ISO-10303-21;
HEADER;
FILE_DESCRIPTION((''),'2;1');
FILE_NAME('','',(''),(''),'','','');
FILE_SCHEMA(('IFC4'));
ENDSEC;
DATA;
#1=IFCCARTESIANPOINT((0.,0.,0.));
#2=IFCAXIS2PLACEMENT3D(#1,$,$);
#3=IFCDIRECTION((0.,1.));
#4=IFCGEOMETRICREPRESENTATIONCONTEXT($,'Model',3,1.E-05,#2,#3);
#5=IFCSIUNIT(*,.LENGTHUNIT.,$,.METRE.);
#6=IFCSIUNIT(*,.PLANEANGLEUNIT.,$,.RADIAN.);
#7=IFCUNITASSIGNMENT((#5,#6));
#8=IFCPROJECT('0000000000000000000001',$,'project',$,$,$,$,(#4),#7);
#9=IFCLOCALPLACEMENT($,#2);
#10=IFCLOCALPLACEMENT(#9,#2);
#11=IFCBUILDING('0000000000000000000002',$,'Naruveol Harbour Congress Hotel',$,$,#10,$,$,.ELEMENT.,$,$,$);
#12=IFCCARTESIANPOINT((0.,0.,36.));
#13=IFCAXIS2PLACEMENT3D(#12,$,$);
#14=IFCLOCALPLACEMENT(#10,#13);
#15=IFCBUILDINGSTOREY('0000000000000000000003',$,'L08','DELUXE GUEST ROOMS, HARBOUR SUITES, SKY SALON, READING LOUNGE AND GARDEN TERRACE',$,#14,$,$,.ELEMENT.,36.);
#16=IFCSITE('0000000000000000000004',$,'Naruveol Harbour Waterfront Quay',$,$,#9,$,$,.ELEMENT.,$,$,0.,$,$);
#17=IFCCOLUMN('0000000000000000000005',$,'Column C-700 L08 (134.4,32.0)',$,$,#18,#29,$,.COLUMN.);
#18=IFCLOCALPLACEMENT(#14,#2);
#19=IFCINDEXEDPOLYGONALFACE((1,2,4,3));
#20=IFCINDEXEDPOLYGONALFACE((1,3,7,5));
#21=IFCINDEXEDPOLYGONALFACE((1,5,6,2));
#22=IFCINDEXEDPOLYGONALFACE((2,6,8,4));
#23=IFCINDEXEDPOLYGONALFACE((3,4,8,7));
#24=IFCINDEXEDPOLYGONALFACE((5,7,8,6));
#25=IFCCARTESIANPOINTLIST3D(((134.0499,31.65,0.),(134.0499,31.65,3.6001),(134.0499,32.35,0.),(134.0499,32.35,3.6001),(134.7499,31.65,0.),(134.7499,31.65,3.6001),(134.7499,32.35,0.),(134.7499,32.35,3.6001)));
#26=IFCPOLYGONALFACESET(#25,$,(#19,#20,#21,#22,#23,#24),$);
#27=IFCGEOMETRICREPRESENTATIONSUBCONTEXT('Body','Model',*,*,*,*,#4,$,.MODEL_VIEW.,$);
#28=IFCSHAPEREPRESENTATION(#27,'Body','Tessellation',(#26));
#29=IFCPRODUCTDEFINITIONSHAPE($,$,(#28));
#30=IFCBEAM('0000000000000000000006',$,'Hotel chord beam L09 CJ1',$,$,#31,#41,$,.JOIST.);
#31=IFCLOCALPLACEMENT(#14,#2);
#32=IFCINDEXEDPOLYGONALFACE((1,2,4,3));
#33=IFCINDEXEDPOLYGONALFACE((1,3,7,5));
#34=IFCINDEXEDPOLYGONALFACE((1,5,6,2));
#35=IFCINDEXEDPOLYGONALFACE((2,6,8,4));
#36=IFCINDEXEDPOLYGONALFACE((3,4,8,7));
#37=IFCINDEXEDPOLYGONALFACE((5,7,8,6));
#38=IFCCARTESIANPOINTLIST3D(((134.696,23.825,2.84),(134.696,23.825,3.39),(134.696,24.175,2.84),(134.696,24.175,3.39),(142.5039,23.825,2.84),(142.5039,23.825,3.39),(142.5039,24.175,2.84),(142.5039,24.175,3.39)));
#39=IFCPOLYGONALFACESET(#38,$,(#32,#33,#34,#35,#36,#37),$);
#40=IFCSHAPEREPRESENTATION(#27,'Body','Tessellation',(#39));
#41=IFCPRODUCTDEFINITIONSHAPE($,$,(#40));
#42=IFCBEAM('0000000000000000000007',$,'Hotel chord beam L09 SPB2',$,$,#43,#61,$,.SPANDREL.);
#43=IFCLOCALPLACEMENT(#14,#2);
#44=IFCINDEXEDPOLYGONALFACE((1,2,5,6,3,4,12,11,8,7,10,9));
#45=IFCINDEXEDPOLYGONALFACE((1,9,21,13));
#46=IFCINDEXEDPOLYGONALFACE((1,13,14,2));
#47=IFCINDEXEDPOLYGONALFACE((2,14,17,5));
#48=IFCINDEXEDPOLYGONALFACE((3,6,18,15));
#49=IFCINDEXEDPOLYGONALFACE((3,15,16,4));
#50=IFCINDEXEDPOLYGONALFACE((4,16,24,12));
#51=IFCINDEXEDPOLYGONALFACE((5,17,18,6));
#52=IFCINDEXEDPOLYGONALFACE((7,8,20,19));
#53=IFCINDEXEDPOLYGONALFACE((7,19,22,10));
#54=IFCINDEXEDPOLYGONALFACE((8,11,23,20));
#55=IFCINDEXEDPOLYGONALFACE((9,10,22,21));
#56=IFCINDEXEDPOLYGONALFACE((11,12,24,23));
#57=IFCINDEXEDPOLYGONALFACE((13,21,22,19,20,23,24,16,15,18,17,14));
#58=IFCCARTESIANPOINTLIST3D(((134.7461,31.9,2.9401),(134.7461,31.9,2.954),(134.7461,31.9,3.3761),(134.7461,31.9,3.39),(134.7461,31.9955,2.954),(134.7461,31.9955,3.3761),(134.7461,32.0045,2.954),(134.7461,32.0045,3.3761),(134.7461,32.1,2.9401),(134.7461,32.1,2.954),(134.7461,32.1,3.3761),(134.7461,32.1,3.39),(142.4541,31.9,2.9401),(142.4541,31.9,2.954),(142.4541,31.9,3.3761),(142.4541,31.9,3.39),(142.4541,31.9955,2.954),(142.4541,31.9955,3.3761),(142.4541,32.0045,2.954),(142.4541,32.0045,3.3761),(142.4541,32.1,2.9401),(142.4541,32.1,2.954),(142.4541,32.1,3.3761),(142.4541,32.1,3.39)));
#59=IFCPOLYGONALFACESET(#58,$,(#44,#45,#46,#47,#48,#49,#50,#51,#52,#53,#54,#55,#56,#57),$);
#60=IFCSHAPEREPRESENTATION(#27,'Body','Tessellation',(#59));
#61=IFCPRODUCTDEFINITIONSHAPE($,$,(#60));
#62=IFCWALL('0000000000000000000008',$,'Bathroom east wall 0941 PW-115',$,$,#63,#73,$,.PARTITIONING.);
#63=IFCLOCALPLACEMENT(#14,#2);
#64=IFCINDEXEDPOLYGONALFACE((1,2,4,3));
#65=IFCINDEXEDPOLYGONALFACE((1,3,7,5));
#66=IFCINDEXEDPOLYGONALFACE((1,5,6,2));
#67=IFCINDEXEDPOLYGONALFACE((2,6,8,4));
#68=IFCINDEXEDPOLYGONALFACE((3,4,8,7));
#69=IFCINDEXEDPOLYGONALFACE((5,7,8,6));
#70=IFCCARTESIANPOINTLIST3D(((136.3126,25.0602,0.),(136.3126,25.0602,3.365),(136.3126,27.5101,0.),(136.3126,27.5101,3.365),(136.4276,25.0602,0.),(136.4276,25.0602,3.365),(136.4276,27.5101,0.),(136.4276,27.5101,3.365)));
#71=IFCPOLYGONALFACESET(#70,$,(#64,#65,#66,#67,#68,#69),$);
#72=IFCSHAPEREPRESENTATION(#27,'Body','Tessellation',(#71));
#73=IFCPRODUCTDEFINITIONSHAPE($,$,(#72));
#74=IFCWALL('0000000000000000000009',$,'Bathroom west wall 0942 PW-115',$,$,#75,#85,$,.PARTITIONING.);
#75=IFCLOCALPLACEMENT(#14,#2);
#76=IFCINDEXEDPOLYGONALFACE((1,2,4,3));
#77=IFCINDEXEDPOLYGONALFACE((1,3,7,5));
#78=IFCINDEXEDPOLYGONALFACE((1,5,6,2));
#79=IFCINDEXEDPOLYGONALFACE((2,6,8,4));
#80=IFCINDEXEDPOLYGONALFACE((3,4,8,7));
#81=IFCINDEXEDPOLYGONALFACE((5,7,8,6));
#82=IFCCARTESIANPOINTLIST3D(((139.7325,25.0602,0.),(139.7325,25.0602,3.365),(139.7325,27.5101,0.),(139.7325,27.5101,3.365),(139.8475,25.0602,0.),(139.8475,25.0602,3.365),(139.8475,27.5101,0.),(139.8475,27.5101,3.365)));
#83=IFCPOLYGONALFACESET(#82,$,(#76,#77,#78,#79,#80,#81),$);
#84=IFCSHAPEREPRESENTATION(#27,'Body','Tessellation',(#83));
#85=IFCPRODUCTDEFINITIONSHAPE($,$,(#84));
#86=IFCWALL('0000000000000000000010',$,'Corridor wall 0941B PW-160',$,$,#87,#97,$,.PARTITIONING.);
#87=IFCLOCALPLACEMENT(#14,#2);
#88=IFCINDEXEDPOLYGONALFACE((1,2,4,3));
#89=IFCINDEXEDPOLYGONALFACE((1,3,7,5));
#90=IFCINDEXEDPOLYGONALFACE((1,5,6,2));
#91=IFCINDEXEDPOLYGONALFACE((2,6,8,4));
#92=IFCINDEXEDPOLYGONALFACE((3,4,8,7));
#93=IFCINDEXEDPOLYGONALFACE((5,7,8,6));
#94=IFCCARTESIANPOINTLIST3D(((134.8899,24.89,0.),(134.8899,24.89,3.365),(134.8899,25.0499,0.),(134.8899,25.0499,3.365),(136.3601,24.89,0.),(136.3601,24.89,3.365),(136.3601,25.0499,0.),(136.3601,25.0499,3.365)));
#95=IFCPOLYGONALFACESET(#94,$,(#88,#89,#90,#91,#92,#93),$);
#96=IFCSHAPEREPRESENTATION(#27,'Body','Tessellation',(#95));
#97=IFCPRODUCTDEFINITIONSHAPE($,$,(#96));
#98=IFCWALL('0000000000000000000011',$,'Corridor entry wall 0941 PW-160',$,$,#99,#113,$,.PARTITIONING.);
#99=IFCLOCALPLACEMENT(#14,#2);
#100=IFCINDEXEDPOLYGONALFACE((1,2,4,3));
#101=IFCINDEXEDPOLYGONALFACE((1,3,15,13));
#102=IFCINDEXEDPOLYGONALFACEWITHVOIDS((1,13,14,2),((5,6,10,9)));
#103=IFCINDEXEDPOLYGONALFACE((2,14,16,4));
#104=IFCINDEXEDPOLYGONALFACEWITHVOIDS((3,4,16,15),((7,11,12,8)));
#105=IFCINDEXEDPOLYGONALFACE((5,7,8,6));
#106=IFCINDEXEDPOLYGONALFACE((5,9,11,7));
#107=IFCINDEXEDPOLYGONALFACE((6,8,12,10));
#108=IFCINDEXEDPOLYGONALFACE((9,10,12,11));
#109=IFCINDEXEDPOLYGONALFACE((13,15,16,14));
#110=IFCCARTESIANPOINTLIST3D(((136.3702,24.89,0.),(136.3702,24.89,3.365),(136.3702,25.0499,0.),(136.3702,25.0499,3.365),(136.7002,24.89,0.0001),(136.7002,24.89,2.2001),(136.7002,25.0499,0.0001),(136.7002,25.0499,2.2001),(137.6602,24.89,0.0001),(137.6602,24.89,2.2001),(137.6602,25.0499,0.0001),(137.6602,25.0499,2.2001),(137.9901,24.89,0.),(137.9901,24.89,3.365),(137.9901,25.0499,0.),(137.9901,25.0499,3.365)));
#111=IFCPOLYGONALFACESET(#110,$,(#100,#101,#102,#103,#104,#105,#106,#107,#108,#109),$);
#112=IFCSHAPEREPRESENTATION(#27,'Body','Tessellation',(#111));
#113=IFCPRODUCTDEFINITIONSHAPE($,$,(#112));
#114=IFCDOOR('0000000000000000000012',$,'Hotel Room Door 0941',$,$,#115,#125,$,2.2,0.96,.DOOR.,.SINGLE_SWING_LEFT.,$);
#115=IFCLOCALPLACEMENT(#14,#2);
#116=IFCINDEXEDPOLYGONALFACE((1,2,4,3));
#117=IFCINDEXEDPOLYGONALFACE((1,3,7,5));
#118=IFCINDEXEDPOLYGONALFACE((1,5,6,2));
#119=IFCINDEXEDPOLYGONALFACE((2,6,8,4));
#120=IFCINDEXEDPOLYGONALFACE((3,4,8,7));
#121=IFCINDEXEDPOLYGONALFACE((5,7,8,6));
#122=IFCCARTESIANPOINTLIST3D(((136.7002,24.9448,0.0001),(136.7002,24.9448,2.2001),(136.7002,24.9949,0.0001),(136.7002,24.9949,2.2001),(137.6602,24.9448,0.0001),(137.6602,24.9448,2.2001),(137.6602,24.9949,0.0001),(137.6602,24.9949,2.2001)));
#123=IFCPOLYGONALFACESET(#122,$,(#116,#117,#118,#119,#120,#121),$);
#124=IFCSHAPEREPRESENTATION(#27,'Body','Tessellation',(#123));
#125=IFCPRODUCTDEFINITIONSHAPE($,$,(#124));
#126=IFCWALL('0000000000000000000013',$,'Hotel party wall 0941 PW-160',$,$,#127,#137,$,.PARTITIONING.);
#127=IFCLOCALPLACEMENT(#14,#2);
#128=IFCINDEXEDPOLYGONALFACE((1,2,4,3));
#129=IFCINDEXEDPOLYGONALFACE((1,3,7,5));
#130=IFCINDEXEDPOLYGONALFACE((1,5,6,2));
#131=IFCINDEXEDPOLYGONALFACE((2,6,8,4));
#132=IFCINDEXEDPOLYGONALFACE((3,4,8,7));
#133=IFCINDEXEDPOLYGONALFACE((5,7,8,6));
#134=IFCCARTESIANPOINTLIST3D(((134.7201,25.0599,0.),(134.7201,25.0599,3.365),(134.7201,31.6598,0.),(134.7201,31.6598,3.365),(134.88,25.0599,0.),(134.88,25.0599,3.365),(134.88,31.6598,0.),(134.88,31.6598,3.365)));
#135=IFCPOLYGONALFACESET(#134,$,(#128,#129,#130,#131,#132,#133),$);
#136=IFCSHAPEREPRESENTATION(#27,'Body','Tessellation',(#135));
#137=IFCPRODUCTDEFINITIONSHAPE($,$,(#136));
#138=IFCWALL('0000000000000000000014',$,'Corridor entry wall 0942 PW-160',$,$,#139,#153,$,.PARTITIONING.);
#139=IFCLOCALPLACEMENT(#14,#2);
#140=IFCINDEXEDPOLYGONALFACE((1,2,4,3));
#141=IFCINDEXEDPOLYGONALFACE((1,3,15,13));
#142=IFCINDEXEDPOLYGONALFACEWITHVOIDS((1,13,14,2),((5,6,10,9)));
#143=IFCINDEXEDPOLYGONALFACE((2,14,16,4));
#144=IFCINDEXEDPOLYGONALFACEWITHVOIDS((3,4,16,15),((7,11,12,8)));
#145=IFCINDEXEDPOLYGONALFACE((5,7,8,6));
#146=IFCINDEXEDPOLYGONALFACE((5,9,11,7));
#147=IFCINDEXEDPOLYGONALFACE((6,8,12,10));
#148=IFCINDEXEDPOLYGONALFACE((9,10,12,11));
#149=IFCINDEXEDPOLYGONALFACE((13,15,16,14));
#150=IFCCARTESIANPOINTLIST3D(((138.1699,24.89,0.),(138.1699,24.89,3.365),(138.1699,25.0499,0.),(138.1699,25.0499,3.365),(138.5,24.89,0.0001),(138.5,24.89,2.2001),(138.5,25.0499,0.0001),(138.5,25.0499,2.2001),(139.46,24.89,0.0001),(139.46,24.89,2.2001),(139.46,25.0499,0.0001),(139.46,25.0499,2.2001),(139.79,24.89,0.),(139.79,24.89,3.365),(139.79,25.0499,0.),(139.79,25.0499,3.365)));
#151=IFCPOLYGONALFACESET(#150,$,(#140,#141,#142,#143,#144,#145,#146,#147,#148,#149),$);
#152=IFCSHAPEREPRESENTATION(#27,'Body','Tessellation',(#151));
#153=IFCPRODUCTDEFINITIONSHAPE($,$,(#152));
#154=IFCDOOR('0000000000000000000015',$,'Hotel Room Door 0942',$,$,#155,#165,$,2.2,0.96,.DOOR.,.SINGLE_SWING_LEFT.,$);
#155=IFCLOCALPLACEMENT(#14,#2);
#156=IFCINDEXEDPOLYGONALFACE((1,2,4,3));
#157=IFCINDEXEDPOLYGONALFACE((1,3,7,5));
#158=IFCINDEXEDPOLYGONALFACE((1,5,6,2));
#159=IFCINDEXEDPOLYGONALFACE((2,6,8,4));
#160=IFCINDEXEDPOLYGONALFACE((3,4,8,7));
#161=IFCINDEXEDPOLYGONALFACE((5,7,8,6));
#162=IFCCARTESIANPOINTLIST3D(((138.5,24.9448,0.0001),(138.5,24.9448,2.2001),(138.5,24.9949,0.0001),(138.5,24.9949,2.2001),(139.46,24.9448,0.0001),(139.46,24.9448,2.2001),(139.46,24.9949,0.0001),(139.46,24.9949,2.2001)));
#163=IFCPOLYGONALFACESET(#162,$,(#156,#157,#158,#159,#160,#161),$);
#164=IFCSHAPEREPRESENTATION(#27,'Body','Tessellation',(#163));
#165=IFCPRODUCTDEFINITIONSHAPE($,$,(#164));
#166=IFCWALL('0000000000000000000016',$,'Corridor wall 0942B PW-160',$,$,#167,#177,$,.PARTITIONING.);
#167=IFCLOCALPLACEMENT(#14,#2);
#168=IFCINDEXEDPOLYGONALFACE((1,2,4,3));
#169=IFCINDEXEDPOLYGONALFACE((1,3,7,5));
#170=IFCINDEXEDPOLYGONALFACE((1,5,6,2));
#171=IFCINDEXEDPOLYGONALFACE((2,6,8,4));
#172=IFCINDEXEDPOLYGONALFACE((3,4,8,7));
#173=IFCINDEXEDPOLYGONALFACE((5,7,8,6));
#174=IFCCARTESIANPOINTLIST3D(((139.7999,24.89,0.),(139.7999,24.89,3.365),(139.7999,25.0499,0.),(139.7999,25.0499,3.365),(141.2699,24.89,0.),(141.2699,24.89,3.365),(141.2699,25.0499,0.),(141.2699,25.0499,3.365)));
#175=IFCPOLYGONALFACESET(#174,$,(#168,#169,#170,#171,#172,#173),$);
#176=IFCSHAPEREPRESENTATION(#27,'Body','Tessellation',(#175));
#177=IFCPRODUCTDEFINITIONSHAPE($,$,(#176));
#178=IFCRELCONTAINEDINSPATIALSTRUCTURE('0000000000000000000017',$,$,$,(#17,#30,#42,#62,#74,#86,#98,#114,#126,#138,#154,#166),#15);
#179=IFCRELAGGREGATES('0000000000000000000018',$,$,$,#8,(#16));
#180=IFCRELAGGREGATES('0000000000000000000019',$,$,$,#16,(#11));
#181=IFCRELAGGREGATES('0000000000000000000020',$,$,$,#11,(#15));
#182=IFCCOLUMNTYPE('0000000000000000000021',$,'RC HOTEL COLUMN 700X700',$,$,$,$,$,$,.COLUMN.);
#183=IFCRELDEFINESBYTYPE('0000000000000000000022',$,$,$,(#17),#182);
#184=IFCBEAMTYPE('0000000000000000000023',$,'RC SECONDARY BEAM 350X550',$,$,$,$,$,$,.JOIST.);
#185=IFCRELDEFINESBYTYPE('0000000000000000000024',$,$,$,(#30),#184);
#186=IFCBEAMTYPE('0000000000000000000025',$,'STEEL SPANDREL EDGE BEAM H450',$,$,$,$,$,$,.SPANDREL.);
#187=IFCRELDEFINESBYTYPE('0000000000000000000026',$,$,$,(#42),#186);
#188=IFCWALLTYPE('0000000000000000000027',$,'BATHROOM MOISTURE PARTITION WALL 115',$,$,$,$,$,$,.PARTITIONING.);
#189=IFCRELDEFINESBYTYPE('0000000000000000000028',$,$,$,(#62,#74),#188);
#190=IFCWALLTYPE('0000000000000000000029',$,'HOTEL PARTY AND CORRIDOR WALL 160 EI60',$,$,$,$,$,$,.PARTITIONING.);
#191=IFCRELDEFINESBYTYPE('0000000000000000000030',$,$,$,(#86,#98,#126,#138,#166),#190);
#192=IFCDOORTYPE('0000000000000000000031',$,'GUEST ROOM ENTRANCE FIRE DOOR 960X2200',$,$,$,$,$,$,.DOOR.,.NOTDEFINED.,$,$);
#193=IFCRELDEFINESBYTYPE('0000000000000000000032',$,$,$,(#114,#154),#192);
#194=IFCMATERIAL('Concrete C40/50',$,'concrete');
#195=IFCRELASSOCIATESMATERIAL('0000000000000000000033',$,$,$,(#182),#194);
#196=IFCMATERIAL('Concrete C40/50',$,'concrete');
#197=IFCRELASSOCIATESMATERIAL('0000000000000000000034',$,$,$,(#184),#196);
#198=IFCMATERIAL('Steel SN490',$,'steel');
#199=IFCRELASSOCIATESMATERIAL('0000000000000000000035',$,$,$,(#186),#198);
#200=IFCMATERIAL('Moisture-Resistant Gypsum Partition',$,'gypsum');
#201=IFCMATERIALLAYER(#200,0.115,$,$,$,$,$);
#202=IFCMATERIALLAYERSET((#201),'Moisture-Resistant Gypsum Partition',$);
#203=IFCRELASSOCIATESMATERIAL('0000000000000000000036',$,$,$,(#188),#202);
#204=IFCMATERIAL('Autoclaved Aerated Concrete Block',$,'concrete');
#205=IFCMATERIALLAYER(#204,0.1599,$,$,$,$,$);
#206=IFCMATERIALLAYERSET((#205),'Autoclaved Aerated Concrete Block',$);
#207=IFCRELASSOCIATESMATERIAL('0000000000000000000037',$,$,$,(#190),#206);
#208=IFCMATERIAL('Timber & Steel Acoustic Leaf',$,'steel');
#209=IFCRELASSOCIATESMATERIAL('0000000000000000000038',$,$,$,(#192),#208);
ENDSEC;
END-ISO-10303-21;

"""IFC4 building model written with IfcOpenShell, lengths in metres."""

from ifc_helpers import new_model, si_unit, direction, frame, frame_2d, origin, origin_2d, place, context, subcontext, project, spatial, rectangle, i_section, extrude, material, layer, layer_set, material_profile, profile_set, type_object, element, fill, save


model = new_model("IFC4")

# Units and contexts
model_context = context("Model", 3, precision=1e-05, world=origin(), true_north=direction((0.0, 1.0)))
body_context = subcontext(model_context, "Body", "Model", "MODEL_VIEW")
ifc_project = project(units=[si_unit("LENGTHUNIT", "METRE"), si_unit("PLANEANGLEUNIT", "RADIAN")], contexts=[model_context])

# Site, building, storey
site_placement = place(None, origin())
site = spatial("IfcSite", under=ifc_project, at=site_placement, Name="Naruveol Harbour Waterfront Quay", CompositionType="ELEMENT", RefElevation=0.0)
building_placement = place(site_placement, origin())
building = spatial("IfcBuilding", under=site, at=building_placement, Name="Naruveol Harbour Congress Hotel", CompositionType="ELEMENT")
storey_placement = place(building_placement, frame((0.0, 0.0, 36.0)))
storey = spatial("IfcBuildingStorey", under=building, at=storey_placement, Name="L08", Description="DELUXE GUEST ROOMS, HARBOUR SUITES, SKY SALON, READING LOUNGE AND GARDEN TERRACE", CompositionType="ELEMENT", Elevation=36.0)

# Column
ifc_material_1 = material(Name="Concrete C40/50", Category="concrete")
ifc_material_profile_1 = material_profile(ifc_material_1, rectangle(XDim=0.7, YDim=0.7, at=origin_2d()), Name="RC-700x700")
ifc_profile_set_1 = profile_set([ifc_material_profile_1], Name="Concrete C40/50")
column_type = type_object("IfcColumnType", Name="RC HOTEL COLUMN 700X700", PredefinedType="COLUMN", material=ifc_profile_set_1)
column_placement = place(storey_placement, frame((134.3999, 32.0, 0.0), z_axis=(0.0, 0.0, 1.0), x_axis=(1.0, 0.0, 0.0)))
element("IfcColumn", 1, at=column_placement, inside=storey, type_object=column_type, Name="Column C-700 L08 (134.4,32.0)", PredefinedType="COLUMN", context=body_context, shape_type="SweptSolid", body=[
    extrude(rectangle(XDim=0.7, YDim=0.7, at=origin_2d()), origin(), (0.0, 0.0, 1.0), 3.6001),
])

# Beams
ifc_material_2 = material(Name="Concrete C40/50", Category="concrete")
ifc_material_profile_2 = material_profile(ifc_material_2, rectangle(XDim=0.3501, YDim=0.55, at=origin_2d()), Name="RCB-350x550")
ifc_profile_set_2 = profile_set([ifc_material_profile_2], Name="Concrete C40/50")
beam_type_1 = type_object("IfcBeamType", Name="RC SECONDARY BEAM 350X550", PredefinedType="JOIST", material=ifc_profile_set_2)
beam_1_placement = place(storey_placement, frame((134.696, 24.0, 3.115), z_axis=(1.0, 0.0, 0.0), x_axis=(0.0, 1.0, 0.0)))
element("IfcBeam", 2, at=beam_1_placement, inside=storey, type_object=beam_type_1, Name="Hotel chord beam L09 CJ1", PredefinedType="JOIST", context=body_context, shape_type="SweptSolid", body=[
    extrude(rectangle(XDim=0.3501, YDim=0.55, at=origin_2d()), origin(), (0.0, 0.0, 1.0), 7.8079),
])
ifc_material_3 = material(Name="Steel SN490", Category="steel")
ifc_material_profile_3 = material_profile(ifc_material_3, i_section(OverallWidth=0.2, OverallDepth=0.45, WebThickness=0.009, FlangeThickness=0.0139, at=origin_2d()), Name="H-450x200x9x14")
ifc_profile_set_3 = profile_set([ifc_material_profile_3], Name="Steel SN490")
beam_type_2 = type_object("IfcBeamType", Name="STEEL SPANDREL EDGE BEAM H450", PredefinedType="SPANDREL", material=ifc_profile_set_3)
beam_2_placement = place(storey_placement, frame((134.7461, 32.0, 3.165), z_axis=(1.0, 0.0, 0.0), x_axis=(0.0, 1.0, 0.0)))
element("IfcBeam", 3, at=beam_2_placement, inside=storey, type_object=beam_type_2, Name="Hotel chord beam L09 SPB2", PredefinedType="SPANDREL", context=body_context, shape_type="SweptSolid", body=[
    extrude(i_section(OverallWidth=0.2, OverallDepth=0.45, WebThickness=0.009, FlangeThickness=0.0139, at=origin_2d()), origin(), (0.0, 0.0, 1.0), 7.708),
])

# Wall
ifc_material_4 = material(Name="Moisture-Resistant Gypsum Partition", Category="gypsum")
ifc_layer_1 = layer(ifc_material_4, 0.115)
ifc_layer_set_1 = layer_set([ifc_layer_1], Name="Moisture-Resistant Gypsum Partition")
wall_type_1 = type_object("IfcWallType", Name="BATHROOM MOISTURE PARTITION WALL 115", PredefinedType="PARTITIONING", material=ifc_layer_set_1)
wall_1_placement = place(storey_placement, frame((136.3701, 25.0601, 0.0), z_axis=(0.0, 0.0, 1.0), x_axis=(0.0, 1.0, 0.0)))
element("IfcWall", 4, at=wall_1_placement, inside=storey, type_object=wall_type_1, Name="Bathroom east wall 0941 PW-115", PredefinedType="PARTITIONING", context=body_context, shape_type="SweptSolid", body=[
    extrude(rectangle(XDim=2.45, YDim=0.115, at=frame_2d((1.2251, 0.0))), origin(), (0.0, 0.0, 1.0), 3.365),
])

# Walls
wall_2_placement = place(storey_placement, frame((139.79, 25.0601, 0.0), z_axis=(0.0, 0.0, 1.0), x_axis=(0.0, 1.0, 0.0)))
element("IfcWall", 5, at=wall_2_placement, inside=storey, type_object=wall_type_1, Name="Bathroom west wall 0942 PW-115", PredefinedType="PARTITIONING", context=body_context, shape_type="SweptSolid", body=[
    extrude(rectangle(XDim=2.45, YDim=0.115, at=frame_2d((1.2251, 0.0))), origin(), (0.0, 0.0, 1.0), 3.365),
])
ifc_material_5 = material(Name="Autoclaved Aerated Concrete Block", Category="concrete")
ifc_layer_2 = layer(ifc_material_5, 0.1599)
ifc_layer_set_2 = layer_set([ifc_layer_2], Name="Autoclaved Aerated Concrete Block")
wall_type_2 = type_object("IfcWallType", Name="HOTEL PARTY AND CORRIDOR WALL 160 EI60", PredefinedType="PARTITIONING", material=ifc_layer_set_2)
wall_3_placement = place(storey_placement, frame((134.8899, 24.97, 0.0), z_axis=(0.0, 0.0, 1.0), x_axis=(1.0, 0.0, 0.0)))
element("IfcWall", 6, at=wall_3_placement, inside=storey, type_object=wall_type_2, Name="Corridor wall 0941B PW-160", PredefinedType="PARTITIONING", context=body_context, shape_type="SweptSolid", body=[
    extrude(rectangle(XDim=1.4702, YDim=0.1599, at=frame_2d((0.7351, 0.0))), origin(), (0.0, 0.0, 1.0), 3.365),
])

# Wall, opening, door
wall_4_placement = place(storey_placement, frame((136.3701, 24.97, 0.0), z_axis=(0.0, 0.0, 1.0), x_axis=(1.0, 0.0, 0.0)))
wall_4 = element("IfcWall", 7, at=wall_4_placement, inside=storey, type_object=wall_type_2, Name="Corridor entry wall 0941 PW-160", PredefinedType="PARTITIONING", context=body_context, shape_type="SweptSolid", body=[
    extrude(rectangle(XDim=1.6199, YDim=0.1599, at=frame_2d((0.8101, 0.0))), origin(), (0.0, 0.0, 1.0), 3.365),
])
opening_1_placement = place(wall_4_placement, frame((0.3301, 0.0, 0.0)))
opening_1 = element("IfcOpeningElement", 8, at=opening_1_placement, cuts=wall_4, PredefinedType="OPENING", context=body_context, shape_type="SweptSolid", body=[
    extrude(rectangle(XDim=0.96, YDim=2.2, at=frame_2d((0.48, 1.1001))), frame((0.0, 0.0898, 0.0), z_axis=(0.0, -1.0, 0.0), x_axis=(1.0, 0.0, 0.0)), (0.0, 0.0, 1.0), 0.1799),
])
ifc_material_6 = material(Name="Timber & Steel Acoustic Leaf", Category="steel")
door_type_1 = type_object("IfcDoorType", Name="GUEST ROOM ENTRANCE FIRE DOOR 960X2200", OperationType="NOTDEFINED", PredefinedType="DOOR", material=ifc_material_6)
door_1_placement = place(opening_1_placement, origin())
door_1 = element("IfcDoor", 9, at=door_1_placement, inside=storey, type_object=door_type_1, Name="Hotel Room Door 0941", OperationType="SINGLE_SWING_LEFT", OverallHeight=2.2, OverallWidth=0.96, PredefinedType="DOOR", context=body_context, shape_type="SweptSolid", body=[
    extrude(rectangle(XDim=0.96, YDim=2.2, at=frame_2d((0.48, 1.1001))), frame((0.0, 0.0249, 0.0), z_axis=(0.0, -1.0, 0.0), x_axis=(1.0, 0.0, 0.0)), (0.0, 0.0, 1.0), 0.05),
])
fill(opening_1, door_1)

# Wall
wall_5_placement = place(storey_placement, frame((134.8, 25.0601, 0.0), z_axis=(0.0, 0.0, 1.0), x_axis=(0.0, 1.0, 0.0)))
element("IfcWall", 10, at=wall_5_placement, inside=storey, type_object=wall_type_2, Name="Hotel party wall 0941 PW-160", PredefinedType="PARTITIONING", context=body_context, shape_type="SweptSolid", body=[
    extrude(rectangle(XDim=6.5999, YDim=0.1599, at=frame_2d((3.2998, 0.0))), origin(), (0.0, 0.0, 1.0), 3.365),
])

# Wall, opening, door
wall_6_placement = place(storey_placement, frame((138.1699, 24.97, 0.0), z_axis=(0.0, 0.0, 1.0), x_axis=(1.0, 0.0, 0.0)))
wall_6 = element("IfcWall", 11, at=wall_6_placement, inside=storey, type_object=wall_type_2, Name="Corridor entry wall 0942 PW-160", PredefinedType="PARTITIONING", context=body_context, shape_type="SweptSolid", body=[
    extrude(rectangle(XDim=1.6201, YDim=0.1599, at=frame_2d((0.8101, 0.0))), origin(), (0.0, 0.0, 1.0), 3.365),
])
opening_2_placement = place(wall_6_placement, frame((0.3301, 0.0, 0.0)))
opening_2 = element("IfcOpeningElement", 12, at=opening_2_placement, cuts=wall_6, PredefinedType="OPENING", context=body_context, shape_type="SweptSolid", body=[
    extrude(rectangle(XDim=0.96, YDim=2.2, at=frame_2d((0.48, 1.1001))), frame((0.0, 0.0898, 0.0), z_axis=(0.0, -1.0, 0.0), x_axis=(1.0, 0.0, 0.0)), (0.0, 0.0, 1.0), 0.1799),
])
door_2_placement = place(opening_2_placement, origin())
door_2 = element("IfcDoor", 13, at=door_2_placement, inside=storey, type_object=door_type_1, Name="Hotel Room Door 0942", OperationType="SINGLE_SWING_LEFT", OverallHeight=2.2, OverallWidth=0.96, PredefinedType="DOOR", context=body_context, shape_type="SweptSolid", body=[
    extrude(rectangle(XDim=0.96, YDim=2.2, at=frame_2d((0.48, 1.1001))), frame((0.0, 0.0249, 0.0), z_axis=(0.0, -1.0, 0.0), x_axis=(1.0, 0.0, 0.0)), (0.0, 0.0, 1.0), 0.05),
])
fill(opening_2, door_2)

# Wall
wall_7_placement = place(storey_placement, frame((139.8, 24.97, 0.0), z_axis=(0.0, 0.0, 1.0), x_axis=(1.0, 0.0, 0.0)))
element("IfcWall", 14, at=wall_7_placement, inside=storey, type_object=wall_type_2, Name="Corridor wall 0942B PW-160", PredefinedType="PARTITIONING", context=body_context, shape_type="SweptSolid", body=[
    extrude(rectangle(XDim=1.47, YDim=0.1599, at=frame_2d((0.7349, 0.0))), origin(), (0.0, 0.0, 1.0), 3.365),
])

save(model, "model.ifc")
